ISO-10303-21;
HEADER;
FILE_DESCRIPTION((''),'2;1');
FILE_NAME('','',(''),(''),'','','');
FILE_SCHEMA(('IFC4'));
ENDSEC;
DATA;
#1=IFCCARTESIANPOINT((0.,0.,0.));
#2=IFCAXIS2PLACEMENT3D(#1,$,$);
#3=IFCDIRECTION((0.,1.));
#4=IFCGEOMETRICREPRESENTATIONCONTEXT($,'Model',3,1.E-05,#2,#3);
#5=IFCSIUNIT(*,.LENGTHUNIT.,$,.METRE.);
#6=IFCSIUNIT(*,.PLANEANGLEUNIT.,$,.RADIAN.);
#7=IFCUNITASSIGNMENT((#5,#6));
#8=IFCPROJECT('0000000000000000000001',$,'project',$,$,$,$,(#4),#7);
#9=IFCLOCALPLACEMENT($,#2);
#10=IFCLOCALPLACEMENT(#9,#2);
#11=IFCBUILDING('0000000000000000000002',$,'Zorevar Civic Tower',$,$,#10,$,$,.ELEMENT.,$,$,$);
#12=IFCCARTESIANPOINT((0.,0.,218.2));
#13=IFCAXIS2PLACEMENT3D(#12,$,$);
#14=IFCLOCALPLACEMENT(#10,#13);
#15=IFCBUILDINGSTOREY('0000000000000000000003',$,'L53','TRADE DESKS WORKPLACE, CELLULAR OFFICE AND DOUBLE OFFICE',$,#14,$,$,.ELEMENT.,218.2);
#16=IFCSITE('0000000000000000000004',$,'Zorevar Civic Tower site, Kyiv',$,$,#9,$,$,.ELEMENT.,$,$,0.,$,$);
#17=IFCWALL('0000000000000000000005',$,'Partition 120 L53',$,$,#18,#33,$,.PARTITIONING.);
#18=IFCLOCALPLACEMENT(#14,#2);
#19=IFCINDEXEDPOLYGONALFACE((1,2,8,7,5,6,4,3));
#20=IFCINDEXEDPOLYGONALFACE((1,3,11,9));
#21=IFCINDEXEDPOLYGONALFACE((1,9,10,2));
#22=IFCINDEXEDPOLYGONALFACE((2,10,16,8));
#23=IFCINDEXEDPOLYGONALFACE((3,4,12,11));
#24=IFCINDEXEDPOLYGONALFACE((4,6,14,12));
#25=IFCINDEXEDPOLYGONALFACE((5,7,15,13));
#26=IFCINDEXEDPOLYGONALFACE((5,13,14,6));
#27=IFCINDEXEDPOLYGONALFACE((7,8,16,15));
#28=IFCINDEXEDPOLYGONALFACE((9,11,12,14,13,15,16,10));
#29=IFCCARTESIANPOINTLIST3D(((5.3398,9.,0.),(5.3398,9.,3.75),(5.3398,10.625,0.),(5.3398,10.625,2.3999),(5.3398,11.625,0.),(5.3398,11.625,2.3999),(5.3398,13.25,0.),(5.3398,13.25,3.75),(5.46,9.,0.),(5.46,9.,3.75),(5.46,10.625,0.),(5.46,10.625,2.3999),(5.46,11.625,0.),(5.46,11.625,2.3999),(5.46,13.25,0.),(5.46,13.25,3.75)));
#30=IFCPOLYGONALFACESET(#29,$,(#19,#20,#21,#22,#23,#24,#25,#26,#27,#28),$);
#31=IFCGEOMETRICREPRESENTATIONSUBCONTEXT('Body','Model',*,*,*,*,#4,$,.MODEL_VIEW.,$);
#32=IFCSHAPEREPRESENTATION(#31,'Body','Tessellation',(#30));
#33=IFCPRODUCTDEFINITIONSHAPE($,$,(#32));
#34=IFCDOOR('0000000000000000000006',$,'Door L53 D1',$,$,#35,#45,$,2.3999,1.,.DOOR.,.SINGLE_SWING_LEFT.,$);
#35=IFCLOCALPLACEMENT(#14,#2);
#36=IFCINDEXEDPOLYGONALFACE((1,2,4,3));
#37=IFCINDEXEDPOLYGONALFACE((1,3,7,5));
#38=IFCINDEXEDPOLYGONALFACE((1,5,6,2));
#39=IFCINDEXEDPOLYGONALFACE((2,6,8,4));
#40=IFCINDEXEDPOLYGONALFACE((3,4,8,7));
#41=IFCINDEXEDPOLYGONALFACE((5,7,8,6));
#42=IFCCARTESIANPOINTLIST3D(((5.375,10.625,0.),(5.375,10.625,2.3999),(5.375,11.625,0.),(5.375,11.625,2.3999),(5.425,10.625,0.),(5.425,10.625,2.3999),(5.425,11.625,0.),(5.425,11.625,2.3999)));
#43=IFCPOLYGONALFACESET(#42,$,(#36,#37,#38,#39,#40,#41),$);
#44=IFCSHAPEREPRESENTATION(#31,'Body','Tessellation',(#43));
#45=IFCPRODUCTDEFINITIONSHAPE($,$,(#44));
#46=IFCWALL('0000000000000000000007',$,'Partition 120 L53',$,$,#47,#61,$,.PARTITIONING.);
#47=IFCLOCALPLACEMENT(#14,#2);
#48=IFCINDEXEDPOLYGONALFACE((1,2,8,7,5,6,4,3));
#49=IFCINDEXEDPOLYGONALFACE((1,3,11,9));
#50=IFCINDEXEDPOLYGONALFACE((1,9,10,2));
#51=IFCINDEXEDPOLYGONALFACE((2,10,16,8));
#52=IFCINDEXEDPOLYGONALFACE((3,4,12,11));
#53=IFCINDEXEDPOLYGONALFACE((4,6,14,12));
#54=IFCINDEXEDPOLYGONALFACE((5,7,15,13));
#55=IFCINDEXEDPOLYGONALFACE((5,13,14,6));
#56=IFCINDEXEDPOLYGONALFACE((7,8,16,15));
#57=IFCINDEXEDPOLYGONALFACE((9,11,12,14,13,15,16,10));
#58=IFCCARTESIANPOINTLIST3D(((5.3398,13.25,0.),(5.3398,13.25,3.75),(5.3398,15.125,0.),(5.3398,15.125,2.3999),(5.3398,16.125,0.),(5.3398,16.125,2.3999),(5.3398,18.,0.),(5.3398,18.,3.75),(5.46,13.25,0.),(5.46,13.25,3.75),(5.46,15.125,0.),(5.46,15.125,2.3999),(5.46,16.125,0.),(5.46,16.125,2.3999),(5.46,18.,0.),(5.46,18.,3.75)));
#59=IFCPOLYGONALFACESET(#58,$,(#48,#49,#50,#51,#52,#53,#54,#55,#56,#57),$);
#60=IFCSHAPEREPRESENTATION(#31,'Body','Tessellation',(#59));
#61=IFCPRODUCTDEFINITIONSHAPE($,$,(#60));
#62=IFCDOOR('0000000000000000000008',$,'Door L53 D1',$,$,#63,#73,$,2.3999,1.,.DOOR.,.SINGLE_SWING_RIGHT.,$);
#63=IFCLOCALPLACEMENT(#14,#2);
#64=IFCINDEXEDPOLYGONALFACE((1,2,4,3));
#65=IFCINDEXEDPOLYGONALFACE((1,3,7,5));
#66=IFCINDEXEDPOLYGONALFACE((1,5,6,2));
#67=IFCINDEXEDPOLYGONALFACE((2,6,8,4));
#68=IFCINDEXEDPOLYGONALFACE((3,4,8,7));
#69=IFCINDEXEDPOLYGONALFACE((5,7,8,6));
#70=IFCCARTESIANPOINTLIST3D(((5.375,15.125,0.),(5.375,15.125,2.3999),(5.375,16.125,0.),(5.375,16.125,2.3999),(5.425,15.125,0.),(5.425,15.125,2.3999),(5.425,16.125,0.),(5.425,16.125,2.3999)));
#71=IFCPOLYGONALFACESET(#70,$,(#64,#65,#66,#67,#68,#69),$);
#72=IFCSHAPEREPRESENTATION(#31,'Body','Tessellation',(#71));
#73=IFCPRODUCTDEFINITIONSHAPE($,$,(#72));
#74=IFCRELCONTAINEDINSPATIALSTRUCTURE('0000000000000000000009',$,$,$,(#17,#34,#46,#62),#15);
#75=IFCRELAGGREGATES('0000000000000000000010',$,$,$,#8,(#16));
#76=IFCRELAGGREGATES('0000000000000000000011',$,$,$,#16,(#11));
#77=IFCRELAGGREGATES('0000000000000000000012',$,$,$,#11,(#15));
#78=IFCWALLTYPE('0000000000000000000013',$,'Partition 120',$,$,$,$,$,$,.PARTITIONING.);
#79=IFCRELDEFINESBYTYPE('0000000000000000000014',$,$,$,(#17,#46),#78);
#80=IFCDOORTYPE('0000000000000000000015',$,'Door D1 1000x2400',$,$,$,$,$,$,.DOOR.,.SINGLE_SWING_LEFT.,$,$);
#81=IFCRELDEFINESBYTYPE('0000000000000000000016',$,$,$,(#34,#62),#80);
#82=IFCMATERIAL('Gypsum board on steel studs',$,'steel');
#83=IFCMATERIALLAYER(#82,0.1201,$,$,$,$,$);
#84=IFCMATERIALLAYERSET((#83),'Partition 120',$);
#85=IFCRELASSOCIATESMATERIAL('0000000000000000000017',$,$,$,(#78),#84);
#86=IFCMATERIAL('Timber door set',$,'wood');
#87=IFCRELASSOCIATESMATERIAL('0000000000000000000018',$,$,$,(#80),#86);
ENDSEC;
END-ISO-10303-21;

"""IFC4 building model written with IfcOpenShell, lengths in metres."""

from ifc_helpers import new_model, si_unit, direction, frame, frame_2d, origin, place, context, subcontext, project, spatial, rectangle, extrude, material, layer, layer_set, type_object, element, fill, save


model = new_model("IFC4")

# Units and contexts
model_context = context("Model", 3, precision=1e-05, world=origin(), true_north=direction((0.0, 1.0)))
body_context = subcontext(model_context, "Body", "Model", "MODEL_VIEW")
ifc_project = project(units=[si_unit("LENGTHUNIT", "METRE"), si_unit("PLANEANGLEUNIT", "RADIAN")], contexts=[model_context])

# Site, building, storey
site_placement = place(None, origin())
site = spatial("IfcSite", under=ifc_project, at=site_placement, Name="Zorevar Civic Tower site, Kyiv", CompositionType="ELEMENT", RefElevation=0.0)
building_placement = place(site_placement, origin())
building = spatial("IfcBuilding", under=site, at=building_placement, Name="Zorevar Civic Tower", CompositionType="ELEMENT")
storey_placement = place(building_placement, frame((0.0, 0.0, 218.2)))
storey = spatial("IfcBuildingStorey", under=building, at=storey_placement, Name="L53", Description="TRADE DESKS WORKPLACE, CELLULAR OFFICE AND DOUBLE OFFICE", CompositionType="ELEMENT", Elevation=218.2)

# Shared definitions
ifc_material_1 = material(Name="Gypsum board on steel studs", Category="steel")
ifc_layer_1 = layer(ifc_material_1, 0.1201)
ifc_layer_set_1 = layer_set([ifc_layer_1], Name="Partition 120")
wall_type_1 = type_object("IfcWallType", Name="Partition 120", PredefinedType="PARTITIONING", material=ifc_layer_set_1)

# Walls, openings, doors
wall_1_placement = place(storey_placement, frame((5.3999, 9.0, 0.0), z_axis=(0.0, 0.0, 1.0), x_axis=(0.0, 1.0, 0.0)))
wall_1 = element("IfcWall", 1, at=wall_1_placement, inside=storey, type_object=wall_type_1, Name="Partition 120 L53", PredefinedType="PARTITIONING", context=body_context, shape_type="SweptSolid", body=[
    extrude(rectangle(XDim=4.25, YDim=0.1201, at=frame_2d((2.125, 0.0))), origin(), (0.0, 0.0, 1.0), 3.75),
])
opening_1_placement = place(wall_1_placement, frame((1.625, 0.0, 0.0)))
opening_1 = element("IfcOpeningElement", 2, at=opening_1_placement, cuts=wall_1, PredefinedType="OPENING", context=body_context, shape_type="SweptSolid", body=[
    extrude(rectangle(XDim=1.0, YDim=2.3999, at=frame_2d((0.5, 1.2))), frame((0.0, 0.0701, 0.0), z_axis=(0.0, -1.0, 0.0), x_axis=(1.0, 0.0, 0.0)), (0.0, 0.0, 1.0), 0.1401),
])
ifc_material_2 = material(Name="Timber door set", Category="wood")
door_type_1 = type_object("IfcDoorType", Name="Door D1 1000x2400", OperationType="SINGLE_SWING_LEFT", PredefinedType="DOOR", material=ifc_material_2)
door_1_placement = place(opening_1_placement, origin())
door_1 = element("IfcDoor", 3, at=door_1_placement, inside=storey, type_object=door_type_1, Name="Door L53 D1", OperationType="SINGLE_SWING_LEFT", OverallHeight=2.3999, OverallWidth=1.0, PredefinedType="DOOR", context=body_context, shape_type="SweptSolid", body=[
    extrude(rectangle(XDim=1.0, YDim=2.3999, at=frame_2d((0.5, 1.2))), frame((0.0, 0.0249, 0.0), z_axis=(0.0, -1.0, 0.0), x_axis=(1.0, 0.0, 0.0)), (0.0, 0.0, 1.0), 0.05),
])
fill(opening_1, door_1)
wall_2_placement = place(storey_placement, frame((5.3999, 13.25, 0.0), z_axis=(0.0, 0.0, 1.0), x_axis=(0.0, 1.0, 0.0)))
wall_2 = element("IfcWall", 4, at=wall_2_placement, inside=storey, type_object=wall_type_1, Name="Partition 120 L53", PredefinedType="PARTITIONING", context=body_context, shape_type="SweptSolid", body=[
    extrude(rectangle(XDim=4.75, YDim=0.1201, at=frame_2d((2.375, 0.0))), origin(), (0.0, 0.0, 1.0), 3.75),
])
opening_2_placement = place(wall_2_placement, frame((1.875, 0.0, 0.0)))
opening_2 = element("IfcOpeningElement", 5, at=opening_2_placement, cuts=wall_2, PredefinedType="OPENING", context=body_context, shape_type="SweptSolid", body=[
    extrude(rectangle(XDim=1.0, YDim=2.3999, at=frame_2d((0.5, 1.2))), frame((0.0, 0.0701, 0.0), z_axis=(0.0, -1.0, 0.0), x_axis=(1.0, 0.0, 0.0)), (0.0, 0.0, 1.0), 0.1401),
])
door_2_placement = place(opening_2_placement, origin())
door_2 = element("IfcDoor", 6, at=door_2_placement, inside=storey, type_object=door_type_1, Name="Door L53 D1", OperationType="SINGLE_SWING_RIGHT", OverallHeight=2.3999, OverallWidth=1.0, PredefinedType="DOOR", context=body_context, shape_type="SweptSolid", body=[
    extrude(rectangle(XDim=1.0, YDim=2.3999, at=frame_2d((0.5, 1.2))), frame((0.0, 0.0249, 0.0), z_axis=(0.0, -1.0, 0.0), x_axis=(1.0, 0.0, 0.0)), (0.0, 0.0, 1.0), 0.05),
])
fill(opening_2, door_2)

save(model, "model.ifc")
